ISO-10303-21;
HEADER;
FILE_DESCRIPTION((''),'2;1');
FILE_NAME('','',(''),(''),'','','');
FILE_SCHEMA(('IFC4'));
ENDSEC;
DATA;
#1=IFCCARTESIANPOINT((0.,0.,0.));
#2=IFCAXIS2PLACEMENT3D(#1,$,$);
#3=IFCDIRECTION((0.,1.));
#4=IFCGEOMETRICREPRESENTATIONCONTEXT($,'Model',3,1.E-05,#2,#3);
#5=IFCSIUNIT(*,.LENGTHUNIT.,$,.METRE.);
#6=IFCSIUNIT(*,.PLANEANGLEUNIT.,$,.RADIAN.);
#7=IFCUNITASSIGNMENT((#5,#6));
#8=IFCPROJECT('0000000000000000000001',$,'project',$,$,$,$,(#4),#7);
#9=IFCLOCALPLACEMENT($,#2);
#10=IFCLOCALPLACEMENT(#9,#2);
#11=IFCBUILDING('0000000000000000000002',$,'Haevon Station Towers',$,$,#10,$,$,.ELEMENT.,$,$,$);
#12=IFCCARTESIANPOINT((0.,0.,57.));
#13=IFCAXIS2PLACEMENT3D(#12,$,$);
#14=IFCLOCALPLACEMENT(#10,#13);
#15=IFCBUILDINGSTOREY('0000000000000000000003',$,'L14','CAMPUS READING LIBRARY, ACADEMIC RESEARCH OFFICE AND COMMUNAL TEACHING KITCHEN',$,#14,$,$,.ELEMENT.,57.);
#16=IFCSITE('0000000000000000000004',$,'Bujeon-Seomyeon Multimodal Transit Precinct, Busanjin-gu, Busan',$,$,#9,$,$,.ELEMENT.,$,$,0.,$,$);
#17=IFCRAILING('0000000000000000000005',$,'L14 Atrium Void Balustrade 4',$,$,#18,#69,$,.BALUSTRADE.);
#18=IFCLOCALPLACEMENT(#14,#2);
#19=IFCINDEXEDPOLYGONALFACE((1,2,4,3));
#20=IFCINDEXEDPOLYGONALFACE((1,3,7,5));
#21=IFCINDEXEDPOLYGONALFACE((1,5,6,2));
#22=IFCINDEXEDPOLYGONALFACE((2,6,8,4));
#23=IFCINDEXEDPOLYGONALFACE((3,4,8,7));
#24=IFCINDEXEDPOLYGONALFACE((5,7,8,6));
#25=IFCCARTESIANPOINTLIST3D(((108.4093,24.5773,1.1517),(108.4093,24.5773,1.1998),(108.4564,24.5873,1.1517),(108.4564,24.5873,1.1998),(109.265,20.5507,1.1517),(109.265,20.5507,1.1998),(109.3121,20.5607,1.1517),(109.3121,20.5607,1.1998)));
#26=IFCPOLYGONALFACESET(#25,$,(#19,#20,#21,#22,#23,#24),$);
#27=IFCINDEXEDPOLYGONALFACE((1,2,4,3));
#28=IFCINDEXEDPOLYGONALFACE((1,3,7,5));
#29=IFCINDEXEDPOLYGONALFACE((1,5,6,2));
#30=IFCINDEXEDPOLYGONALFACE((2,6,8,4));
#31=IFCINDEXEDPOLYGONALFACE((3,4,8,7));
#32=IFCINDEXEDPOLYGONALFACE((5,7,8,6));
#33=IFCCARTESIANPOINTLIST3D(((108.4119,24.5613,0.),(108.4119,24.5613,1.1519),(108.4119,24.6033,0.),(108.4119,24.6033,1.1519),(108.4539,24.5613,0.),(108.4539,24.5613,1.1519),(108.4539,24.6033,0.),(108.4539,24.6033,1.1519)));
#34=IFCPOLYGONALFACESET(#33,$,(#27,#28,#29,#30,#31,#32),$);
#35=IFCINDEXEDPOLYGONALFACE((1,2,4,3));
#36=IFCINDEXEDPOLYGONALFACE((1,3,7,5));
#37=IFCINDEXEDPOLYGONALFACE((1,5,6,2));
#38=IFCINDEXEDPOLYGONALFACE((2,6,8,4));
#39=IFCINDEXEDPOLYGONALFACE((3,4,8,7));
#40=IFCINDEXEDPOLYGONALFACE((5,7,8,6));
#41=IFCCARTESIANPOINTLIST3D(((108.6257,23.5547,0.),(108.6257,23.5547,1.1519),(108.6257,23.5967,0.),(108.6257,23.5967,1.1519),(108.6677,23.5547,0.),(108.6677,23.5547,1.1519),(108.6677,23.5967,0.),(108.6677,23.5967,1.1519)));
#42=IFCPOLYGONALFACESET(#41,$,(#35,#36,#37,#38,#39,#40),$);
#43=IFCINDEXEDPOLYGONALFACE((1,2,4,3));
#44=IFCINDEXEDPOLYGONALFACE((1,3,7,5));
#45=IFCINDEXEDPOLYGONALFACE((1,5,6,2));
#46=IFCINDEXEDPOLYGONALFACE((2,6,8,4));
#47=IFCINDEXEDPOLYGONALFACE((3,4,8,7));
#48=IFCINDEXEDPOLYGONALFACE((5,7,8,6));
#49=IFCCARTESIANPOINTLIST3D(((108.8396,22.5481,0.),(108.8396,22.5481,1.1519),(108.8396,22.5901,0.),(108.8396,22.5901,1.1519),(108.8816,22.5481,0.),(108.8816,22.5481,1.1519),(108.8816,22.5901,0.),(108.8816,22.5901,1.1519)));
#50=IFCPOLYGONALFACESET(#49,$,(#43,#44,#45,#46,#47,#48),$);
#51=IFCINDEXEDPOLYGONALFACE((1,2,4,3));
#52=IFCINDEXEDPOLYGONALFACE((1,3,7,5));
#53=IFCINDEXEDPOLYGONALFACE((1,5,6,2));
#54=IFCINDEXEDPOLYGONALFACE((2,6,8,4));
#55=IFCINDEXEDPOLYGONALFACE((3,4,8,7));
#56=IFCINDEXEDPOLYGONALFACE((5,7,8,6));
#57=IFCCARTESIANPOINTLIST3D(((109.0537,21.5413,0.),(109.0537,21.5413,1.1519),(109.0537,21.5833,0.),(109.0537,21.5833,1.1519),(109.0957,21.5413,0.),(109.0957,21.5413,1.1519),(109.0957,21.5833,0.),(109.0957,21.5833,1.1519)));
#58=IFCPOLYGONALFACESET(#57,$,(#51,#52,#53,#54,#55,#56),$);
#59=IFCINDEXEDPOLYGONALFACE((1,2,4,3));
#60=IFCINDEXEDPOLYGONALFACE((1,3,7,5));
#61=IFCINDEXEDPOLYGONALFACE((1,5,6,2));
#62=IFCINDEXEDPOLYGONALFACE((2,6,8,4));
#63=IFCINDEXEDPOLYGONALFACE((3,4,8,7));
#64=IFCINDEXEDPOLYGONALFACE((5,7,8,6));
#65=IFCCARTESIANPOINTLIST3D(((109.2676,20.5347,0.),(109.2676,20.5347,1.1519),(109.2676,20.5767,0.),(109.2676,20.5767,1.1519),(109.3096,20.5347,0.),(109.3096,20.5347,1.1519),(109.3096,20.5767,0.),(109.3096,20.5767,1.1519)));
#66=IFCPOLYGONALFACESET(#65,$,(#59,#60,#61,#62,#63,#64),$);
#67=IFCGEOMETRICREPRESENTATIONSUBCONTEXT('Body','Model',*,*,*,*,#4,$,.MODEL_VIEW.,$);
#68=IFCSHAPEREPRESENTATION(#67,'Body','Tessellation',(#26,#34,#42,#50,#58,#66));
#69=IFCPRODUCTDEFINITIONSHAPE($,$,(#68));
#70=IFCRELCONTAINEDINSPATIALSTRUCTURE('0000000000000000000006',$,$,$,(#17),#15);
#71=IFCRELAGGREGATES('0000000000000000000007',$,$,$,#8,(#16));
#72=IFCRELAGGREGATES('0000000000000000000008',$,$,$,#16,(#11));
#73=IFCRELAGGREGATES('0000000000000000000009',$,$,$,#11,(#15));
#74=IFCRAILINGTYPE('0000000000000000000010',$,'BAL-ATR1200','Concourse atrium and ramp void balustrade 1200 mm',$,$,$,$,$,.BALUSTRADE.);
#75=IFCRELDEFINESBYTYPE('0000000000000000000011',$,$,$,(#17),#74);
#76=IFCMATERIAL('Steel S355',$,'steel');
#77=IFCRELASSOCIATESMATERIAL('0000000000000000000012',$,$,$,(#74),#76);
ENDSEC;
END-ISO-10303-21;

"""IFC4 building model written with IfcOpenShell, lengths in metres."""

from ifc_helpers import new_model, si_unit, direction, frame, origin, origin_2d, place, context, subcontext, project, spatial, rectangle, extrude, material, type_object, element, save


model = new_model("IFC4")

# Units and contexts
model_context = context("Model", 3, precision=1e-05, world=origin(), true_north=direction((0.0, 1.0)))
body_context = subcontext(model_context, "Body", "Model", "MODEL_VIEW")
ifc_project = project(units=[si_unit("LENGTHUNIT", "METRE"), si_unit("PLANEANGLEUNIT", "RADIAN")], contexts=[model_context])

# Site, building, storey
site_placement = place(None, origin())
site = spatial("IfcSite", under=ifc_project, at=site_placement, Name="Bujeon-Seomyeon Multimodal Transit Precinct, Busanjin-gu, Busan", CompositionType="ELEMENT", RefElevation=0.0)
building_placement = place(site_placement, origin())
building = spatial("IfcBuilding", under=site, at=building_placement, Name="Haevon Station Towers", CompositionType="ELEMENT")
storey_placement = place(building_placement, frame((0.0, 0.0, 57.0)))
storey = spatial("IfcBuildingStorey", under=building, at=storey_placement, Name="L14", Description="CAMPUS READING LIBRARY, ACADEMIC RESEARCH OFFICE AND COMMUNAL TEACHING KITCHEN", CompositionType="ELEMENT", Elevation=57.0)

# Shared definitions
ifc_material_1 = material(Name="Steel S355", Category="steel")

# Railing
railing_type = type_object("IfcRailingType", Name="BAL-ATR1200", Description="Concourse atrium and ramp void balustrade 1200 mm", PredefinedType="BALUSTRADE", material=ifc_material_1)
railing_1_placement = place(storey_placement, frame((108.4329, 24.5823, 0.0)))
element("IfcRailing", 1, at=railing_1_placement, inside=storey, type_object=railing_type, Name="L14 Atrium Void Balustrade 4", PredefinedType="BALUSTRADE", context=body_context, shape_type="SweptSolid", body=[
    extrude(rectangle(XDim=0.0481, YDim=0.0481, at=origin_2d()), frame((0.0, 0.0, 1.1758), z_axis=(0.207872, -0.978156, 0.0), x_axis=(0.978156, 0.207872, 0.0)), (0.0, 0.0, 1.0), 4.1165),
    extrude(rectangle(XDim=0.042, YDim=0.042, at=origin_2d()), origin(), (0.0, 0.0, 1.0), 1.1519),
    extrude(rectangle(XDim=0.042, YDim=0.042, at=origin_2d()), frame((0.2139, -1.0066, 0.0)), (0.0, 0.0, 1.0), 1.1519),
    extrude(rectangle(XDim=0.042, YDim=0.042, at=origin_2d()), frame((0.4277, -2.0132, 0.0)), (0.0, 0.0, 1.0), 1.1519),
    extrude(rectangle(XDim=0.042, YDim=0.042, at=origin_2d()), frame((0.6418, -3.02, 0.0)), (0.0, 0.0, 1.0), 1.1519),
    extrude(rectangle(XDim=0.042, YDim=0.042, at=origin_2d()), frame((0.8557, -4.0266, 0.0)), (0.0, 0.0, 1.0), 1.1519),
])

save(model, "model.ifc")
